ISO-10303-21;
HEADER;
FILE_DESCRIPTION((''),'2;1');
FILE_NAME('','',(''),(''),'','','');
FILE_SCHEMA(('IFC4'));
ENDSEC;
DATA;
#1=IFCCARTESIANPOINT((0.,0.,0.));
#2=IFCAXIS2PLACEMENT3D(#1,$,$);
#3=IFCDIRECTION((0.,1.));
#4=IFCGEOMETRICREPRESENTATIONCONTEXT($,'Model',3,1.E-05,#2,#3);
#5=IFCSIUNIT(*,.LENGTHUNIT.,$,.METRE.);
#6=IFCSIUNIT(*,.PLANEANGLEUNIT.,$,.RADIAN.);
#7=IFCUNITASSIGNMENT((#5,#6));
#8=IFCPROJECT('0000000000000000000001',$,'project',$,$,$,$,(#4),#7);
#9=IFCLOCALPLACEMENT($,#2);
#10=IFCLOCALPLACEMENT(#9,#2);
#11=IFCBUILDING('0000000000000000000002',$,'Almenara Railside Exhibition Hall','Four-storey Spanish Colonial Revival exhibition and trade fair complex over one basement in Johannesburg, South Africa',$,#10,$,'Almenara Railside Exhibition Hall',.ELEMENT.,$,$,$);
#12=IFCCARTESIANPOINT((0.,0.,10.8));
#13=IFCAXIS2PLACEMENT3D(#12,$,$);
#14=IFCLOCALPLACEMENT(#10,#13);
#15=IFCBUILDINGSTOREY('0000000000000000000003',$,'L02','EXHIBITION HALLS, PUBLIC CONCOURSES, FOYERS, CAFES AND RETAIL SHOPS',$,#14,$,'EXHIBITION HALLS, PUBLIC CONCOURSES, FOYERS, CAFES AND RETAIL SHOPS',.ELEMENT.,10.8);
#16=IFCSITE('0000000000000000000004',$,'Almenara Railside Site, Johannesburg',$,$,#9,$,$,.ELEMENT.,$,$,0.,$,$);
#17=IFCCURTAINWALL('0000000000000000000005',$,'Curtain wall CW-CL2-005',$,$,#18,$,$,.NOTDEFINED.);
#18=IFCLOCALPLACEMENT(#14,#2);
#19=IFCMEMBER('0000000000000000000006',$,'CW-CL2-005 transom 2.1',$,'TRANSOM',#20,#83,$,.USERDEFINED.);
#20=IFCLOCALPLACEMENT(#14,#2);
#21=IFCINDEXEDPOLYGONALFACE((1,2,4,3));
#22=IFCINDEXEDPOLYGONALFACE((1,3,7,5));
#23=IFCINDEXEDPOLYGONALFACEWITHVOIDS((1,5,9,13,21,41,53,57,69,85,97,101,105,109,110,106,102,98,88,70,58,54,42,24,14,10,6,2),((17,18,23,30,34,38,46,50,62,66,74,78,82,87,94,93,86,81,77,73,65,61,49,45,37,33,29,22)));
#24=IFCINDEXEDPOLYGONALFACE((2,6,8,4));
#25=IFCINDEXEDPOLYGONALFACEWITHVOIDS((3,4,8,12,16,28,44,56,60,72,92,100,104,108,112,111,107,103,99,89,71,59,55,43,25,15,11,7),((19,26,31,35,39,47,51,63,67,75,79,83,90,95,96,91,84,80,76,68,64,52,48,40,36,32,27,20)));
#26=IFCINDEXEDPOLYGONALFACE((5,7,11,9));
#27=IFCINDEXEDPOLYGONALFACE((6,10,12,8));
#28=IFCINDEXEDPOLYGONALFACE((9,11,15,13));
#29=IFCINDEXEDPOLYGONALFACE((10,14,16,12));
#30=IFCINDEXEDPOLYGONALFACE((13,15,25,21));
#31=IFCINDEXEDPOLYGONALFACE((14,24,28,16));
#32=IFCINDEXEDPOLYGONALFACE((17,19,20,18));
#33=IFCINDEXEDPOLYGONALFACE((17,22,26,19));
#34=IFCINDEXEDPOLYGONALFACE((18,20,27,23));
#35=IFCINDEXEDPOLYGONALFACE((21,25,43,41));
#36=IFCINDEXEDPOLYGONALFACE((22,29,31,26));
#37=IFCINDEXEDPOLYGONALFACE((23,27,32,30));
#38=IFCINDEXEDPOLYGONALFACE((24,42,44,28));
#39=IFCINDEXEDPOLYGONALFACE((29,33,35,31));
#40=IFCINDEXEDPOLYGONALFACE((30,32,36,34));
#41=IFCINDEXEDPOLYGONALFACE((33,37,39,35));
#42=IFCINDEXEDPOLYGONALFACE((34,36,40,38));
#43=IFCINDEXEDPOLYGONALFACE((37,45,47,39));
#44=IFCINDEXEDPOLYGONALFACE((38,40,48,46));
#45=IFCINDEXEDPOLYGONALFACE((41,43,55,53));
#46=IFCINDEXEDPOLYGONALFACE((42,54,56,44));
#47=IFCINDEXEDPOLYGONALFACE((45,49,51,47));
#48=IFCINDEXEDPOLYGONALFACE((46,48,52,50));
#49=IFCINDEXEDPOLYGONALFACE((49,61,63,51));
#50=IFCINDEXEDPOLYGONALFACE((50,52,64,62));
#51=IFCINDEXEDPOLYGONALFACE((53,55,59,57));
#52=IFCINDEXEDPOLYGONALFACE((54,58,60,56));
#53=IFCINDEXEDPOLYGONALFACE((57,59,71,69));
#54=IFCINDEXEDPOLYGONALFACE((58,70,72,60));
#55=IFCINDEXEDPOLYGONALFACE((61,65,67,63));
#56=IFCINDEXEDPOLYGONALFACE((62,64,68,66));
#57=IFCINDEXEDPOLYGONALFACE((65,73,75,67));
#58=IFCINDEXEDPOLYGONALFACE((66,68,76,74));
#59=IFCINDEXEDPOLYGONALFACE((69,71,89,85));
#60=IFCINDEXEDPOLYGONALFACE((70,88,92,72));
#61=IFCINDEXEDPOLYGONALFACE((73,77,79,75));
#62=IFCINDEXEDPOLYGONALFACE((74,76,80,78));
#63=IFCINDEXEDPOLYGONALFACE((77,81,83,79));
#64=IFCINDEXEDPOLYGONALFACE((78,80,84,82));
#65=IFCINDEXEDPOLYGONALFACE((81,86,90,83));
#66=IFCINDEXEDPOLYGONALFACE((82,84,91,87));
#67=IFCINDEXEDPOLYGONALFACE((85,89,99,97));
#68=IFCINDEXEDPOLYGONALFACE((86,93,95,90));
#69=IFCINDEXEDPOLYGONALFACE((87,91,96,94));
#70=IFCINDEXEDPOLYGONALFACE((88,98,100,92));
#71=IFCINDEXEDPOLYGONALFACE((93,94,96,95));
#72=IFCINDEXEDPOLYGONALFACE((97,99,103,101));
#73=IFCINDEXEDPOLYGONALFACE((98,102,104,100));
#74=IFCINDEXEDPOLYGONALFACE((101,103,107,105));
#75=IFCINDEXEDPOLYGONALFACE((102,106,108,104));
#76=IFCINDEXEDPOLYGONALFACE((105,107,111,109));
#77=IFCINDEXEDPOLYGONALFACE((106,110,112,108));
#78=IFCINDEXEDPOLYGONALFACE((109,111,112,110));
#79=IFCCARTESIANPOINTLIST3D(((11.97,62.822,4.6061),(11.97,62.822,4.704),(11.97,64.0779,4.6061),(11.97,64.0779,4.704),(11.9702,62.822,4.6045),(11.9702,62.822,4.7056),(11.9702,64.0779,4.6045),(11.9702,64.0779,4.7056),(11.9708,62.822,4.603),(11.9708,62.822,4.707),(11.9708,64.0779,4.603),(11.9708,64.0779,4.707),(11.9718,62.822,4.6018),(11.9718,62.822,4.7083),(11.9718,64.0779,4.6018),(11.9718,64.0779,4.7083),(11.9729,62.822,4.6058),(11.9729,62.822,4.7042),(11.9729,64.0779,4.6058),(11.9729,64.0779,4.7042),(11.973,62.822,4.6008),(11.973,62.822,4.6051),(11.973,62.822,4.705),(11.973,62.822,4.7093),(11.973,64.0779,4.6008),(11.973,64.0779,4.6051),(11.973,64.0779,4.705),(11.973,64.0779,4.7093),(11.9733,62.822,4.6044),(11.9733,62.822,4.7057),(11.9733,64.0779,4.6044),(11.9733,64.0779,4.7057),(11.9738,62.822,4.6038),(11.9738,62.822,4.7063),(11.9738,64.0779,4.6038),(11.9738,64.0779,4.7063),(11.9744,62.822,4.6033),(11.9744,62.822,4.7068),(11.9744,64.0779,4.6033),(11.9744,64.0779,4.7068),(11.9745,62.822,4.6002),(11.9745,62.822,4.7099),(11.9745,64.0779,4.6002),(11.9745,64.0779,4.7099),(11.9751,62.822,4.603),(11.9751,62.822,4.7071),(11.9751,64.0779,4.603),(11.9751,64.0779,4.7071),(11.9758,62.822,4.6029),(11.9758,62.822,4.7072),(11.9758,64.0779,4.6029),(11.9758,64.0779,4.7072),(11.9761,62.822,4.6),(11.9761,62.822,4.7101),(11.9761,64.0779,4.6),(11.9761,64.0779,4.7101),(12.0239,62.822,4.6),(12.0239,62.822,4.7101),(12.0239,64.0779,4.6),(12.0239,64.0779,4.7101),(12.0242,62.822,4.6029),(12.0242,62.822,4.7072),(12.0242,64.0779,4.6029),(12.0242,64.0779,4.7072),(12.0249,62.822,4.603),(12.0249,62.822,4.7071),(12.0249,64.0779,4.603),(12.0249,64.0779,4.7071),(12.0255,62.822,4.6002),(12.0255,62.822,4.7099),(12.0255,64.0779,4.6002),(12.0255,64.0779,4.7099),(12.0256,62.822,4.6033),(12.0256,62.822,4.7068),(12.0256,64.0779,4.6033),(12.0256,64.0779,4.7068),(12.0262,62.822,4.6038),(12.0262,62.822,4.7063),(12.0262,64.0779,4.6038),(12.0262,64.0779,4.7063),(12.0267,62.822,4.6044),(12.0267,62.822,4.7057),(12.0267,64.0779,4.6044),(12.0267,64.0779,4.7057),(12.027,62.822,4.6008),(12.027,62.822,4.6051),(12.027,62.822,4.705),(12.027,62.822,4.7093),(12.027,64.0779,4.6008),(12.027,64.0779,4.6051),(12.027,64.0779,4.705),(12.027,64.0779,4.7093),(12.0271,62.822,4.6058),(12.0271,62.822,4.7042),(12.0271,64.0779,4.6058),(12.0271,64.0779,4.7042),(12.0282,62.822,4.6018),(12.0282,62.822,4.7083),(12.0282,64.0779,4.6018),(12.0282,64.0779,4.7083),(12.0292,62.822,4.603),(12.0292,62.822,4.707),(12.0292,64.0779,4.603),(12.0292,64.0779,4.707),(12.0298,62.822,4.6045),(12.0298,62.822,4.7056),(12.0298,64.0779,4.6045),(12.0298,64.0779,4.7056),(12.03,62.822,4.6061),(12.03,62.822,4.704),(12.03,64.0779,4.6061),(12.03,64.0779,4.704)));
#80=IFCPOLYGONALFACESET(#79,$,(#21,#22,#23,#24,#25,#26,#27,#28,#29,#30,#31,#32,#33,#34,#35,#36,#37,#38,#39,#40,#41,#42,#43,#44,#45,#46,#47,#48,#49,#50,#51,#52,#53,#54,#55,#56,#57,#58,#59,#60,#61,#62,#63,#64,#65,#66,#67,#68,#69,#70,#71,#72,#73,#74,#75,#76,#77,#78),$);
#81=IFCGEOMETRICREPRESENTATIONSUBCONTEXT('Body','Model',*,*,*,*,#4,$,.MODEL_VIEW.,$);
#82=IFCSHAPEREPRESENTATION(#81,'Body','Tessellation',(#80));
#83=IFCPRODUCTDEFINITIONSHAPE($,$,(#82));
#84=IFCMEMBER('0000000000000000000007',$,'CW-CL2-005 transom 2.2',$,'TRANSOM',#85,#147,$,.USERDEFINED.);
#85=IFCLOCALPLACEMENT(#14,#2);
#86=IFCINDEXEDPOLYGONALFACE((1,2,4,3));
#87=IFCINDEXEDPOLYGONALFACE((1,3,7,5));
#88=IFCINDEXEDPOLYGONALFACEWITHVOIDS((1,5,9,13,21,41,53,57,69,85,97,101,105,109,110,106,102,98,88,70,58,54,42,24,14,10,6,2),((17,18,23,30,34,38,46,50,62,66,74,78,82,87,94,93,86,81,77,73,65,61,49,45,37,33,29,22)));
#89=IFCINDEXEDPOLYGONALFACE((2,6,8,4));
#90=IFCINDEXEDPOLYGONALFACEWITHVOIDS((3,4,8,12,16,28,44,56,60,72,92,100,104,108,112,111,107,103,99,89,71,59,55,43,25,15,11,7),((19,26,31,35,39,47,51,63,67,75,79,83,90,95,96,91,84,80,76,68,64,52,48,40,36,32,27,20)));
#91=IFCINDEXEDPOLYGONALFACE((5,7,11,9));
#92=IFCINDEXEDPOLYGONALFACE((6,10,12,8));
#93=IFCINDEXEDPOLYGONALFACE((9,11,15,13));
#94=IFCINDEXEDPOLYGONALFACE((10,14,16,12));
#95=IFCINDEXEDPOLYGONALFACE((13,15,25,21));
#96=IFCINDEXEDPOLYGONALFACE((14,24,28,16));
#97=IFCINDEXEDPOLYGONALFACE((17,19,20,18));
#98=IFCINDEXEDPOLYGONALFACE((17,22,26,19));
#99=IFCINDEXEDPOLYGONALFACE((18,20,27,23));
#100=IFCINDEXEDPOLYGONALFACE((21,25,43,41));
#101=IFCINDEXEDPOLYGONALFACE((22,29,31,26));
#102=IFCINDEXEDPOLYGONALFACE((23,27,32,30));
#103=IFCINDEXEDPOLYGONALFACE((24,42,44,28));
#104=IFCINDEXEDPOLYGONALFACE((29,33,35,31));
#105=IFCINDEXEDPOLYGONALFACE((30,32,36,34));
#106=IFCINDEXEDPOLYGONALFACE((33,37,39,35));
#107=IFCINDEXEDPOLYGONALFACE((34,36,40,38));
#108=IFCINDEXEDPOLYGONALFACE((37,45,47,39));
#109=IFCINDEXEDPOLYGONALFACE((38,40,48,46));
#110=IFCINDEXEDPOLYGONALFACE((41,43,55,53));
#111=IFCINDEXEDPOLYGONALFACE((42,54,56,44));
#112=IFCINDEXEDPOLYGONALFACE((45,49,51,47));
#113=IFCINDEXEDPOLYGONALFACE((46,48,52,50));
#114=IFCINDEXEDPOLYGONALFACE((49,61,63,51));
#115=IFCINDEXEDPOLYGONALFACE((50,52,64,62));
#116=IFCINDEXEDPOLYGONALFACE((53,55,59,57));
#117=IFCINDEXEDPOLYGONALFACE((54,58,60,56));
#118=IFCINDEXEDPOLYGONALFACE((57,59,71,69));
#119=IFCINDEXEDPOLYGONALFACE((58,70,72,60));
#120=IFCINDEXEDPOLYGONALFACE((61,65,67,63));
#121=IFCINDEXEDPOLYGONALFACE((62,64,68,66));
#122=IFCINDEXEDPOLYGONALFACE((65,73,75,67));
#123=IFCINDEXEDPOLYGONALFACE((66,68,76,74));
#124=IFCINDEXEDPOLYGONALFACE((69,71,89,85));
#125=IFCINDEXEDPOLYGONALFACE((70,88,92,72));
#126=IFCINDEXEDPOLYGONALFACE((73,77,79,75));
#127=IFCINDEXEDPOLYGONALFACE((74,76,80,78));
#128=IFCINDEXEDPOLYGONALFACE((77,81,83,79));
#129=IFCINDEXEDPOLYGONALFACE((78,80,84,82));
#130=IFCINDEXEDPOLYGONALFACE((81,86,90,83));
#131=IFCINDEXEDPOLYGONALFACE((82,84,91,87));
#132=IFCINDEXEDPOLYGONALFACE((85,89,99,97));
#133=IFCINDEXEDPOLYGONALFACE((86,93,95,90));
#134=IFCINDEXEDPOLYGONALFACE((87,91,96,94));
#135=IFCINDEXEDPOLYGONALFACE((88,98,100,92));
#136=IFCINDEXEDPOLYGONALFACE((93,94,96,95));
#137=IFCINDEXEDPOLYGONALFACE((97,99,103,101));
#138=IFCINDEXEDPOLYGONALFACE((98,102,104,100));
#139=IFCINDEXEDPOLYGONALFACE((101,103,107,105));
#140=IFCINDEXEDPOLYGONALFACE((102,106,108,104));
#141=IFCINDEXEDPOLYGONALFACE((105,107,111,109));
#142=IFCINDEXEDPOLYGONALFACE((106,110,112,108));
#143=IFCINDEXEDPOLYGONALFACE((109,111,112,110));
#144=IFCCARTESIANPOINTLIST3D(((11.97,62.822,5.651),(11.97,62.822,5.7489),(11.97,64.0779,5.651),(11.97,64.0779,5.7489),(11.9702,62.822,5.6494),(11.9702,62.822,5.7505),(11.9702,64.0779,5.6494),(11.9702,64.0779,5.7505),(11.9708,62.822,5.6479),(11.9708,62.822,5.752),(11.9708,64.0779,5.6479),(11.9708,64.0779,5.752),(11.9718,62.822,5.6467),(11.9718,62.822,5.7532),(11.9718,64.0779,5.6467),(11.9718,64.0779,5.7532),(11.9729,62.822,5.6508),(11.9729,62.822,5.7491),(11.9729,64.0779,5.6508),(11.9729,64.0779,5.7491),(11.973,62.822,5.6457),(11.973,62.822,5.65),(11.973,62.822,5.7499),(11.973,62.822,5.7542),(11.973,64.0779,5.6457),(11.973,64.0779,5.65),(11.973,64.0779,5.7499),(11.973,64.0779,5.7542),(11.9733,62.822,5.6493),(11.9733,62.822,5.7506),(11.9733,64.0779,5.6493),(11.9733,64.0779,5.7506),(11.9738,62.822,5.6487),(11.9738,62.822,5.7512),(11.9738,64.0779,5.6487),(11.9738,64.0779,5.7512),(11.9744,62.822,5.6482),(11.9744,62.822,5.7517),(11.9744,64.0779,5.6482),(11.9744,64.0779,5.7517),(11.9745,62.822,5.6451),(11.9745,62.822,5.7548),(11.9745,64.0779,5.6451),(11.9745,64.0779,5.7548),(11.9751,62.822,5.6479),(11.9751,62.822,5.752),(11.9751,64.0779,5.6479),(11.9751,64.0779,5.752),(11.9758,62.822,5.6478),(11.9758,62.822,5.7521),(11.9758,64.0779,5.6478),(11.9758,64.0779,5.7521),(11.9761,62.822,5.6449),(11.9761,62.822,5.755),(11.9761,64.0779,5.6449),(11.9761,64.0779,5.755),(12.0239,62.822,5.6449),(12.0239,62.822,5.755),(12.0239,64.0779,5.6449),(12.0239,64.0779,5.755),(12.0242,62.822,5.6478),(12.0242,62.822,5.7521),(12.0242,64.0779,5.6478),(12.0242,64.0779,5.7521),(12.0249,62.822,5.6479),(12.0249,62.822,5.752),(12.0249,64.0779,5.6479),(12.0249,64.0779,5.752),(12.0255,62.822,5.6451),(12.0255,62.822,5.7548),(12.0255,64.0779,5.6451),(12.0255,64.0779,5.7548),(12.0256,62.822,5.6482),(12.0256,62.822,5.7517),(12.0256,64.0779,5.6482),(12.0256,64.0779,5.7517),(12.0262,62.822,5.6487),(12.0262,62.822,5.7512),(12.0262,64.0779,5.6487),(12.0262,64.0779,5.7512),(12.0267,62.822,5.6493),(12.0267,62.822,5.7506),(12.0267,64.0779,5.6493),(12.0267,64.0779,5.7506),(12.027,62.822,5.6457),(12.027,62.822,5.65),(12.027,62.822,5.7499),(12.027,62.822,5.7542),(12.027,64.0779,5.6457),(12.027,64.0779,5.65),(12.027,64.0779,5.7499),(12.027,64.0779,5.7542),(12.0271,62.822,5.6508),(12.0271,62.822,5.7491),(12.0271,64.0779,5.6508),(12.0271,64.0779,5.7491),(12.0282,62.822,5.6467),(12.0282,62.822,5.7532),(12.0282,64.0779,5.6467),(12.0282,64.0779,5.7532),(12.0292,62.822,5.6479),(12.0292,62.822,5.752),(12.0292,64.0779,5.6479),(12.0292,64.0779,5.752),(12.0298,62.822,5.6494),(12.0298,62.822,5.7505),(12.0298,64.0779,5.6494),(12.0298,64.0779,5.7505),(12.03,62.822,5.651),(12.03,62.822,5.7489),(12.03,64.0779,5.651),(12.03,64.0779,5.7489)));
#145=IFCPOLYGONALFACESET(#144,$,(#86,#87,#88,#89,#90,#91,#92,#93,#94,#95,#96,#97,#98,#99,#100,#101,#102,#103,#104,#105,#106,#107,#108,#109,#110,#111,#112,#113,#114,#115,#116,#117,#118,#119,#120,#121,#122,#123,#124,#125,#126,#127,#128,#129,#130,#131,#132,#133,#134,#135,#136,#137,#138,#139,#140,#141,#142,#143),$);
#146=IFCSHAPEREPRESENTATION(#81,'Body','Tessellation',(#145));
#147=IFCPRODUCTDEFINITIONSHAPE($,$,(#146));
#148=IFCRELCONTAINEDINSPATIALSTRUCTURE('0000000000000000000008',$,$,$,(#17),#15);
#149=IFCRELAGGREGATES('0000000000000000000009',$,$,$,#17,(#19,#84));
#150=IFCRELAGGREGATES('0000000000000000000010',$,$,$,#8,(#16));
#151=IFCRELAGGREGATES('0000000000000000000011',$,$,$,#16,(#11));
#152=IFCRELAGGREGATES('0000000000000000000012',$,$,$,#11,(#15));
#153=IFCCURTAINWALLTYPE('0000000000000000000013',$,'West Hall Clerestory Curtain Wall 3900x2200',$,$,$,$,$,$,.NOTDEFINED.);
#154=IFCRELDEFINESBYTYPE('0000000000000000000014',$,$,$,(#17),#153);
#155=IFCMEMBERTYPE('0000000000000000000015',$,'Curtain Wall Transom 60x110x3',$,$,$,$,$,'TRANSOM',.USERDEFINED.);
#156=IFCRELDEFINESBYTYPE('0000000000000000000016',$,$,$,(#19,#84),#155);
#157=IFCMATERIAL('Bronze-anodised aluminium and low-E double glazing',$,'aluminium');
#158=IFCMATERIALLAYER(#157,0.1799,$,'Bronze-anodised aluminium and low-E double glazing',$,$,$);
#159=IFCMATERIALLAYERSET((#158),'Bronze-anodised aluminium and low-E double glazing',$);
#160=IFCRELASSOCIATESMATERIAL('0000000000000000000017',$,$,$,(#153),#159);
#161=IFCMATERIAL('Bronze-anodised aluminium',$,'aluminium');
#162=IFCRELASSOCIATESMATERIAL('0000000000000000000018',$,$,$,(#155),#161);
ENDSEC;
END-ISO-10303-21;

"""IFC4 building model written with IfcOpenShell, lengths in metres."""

from ifc_helpers import new_model, si_unit, direction, frame, origin, origin_2d, place, context, subcontext, project, spatial, hollow_rectangle, extrude, material, layer, layer_set, material_profile, profile_set, type_object, element, aggregate, save


model = new_model("IFC4")

# Units and contexts
model_context = context("Model", 3, precision=1e-05, world=origin(), true_north=direction((0.0, 1.0)))
body_context = subcontext(model_context, "Body", "Model", "MODEL_VIEW")
ifc_project = project(units=[si_unit("LENGTHUNIT", "METRE"), si_unit("PLANEANGLEUNIT", "RADIAN")], contexts=[model_context])

# Site, building, storey
site_placement = place(None, origin())
site = spatial("IfcSite", under=ifc_project, at=site_placement, Name="Almenara Railside Site, Johannesburg", CompositionType="ELEMENT", RefElevation=0.0)
building_placement = place(site_placement, origin())
building = spatial("IfcBuilding", under=site, at=building_placement, Name="Almenara Railside Exhibition Hall", Description="Four-storey Spanish Colonial Revival exhibition and trade fair complex over one basement in Johannesburg, South Africa", LongName="Almenara Railside Exhibition Hall", CompositionType="ELEMENT")
storey_placement = place(building_placement, frame((0.0, 0.0, 10.8)))
storey = spatial("IfcBuildingStorey", under=building, at=storey_placement, Name="L02", Description="EXHIBITION HALLS, PUBLIC CONCOURSES, FOYERS, CAFES AND RETAIL SHOPS", LongName="EXHIBITION HALLS, PUBLIC CONCOURSES, FOYERS, CAFES AND RETAIL SHOPS", CompositionType="ELEMENT", Elevation=10.8)

# Curtain wall
ifc_material_1 = material(Name="Bronze-anodised aluminium and low-E double glazing", Category="aluminium")
ifc_layer_1 = layer(ifc_material_1, 0.1799, Name="Bronze-anodised aluminium and low-E double glazing")
ifc_layer_set_1 = layer_set([ifc_layer_1], Name="Bronze-anodised aluminium and low-E double glazing")
curtain_wall_type = type_object("IfcCurtainWallType", Name="West Hall Clerestory Curtain Wall 3900x2200", PredefinedType="NOTDEFINED", material=ifc_layer_set_1)
ifc_material_2 = material(Name="Bronze-anodised aluminium", Category="aluminium")
curtain_wall_1_placement = place(storey_placement, origin())
curtain_wall_1 = element("IfcCurtainWall", 1, at=curtain_wall_1_placement, inside=storey, type_object=curtain_wall_type, Name="Curtain wall CW-CL2-005", PredefinedType="NOTDEFINED")

# Members
ifc_material_profile_1 = material_profile(ifc_material_2, hollow_rectangle(XDim=0.0601, YDim=0.1101, WallThickness=0.0029, InnerFilletRadius=0.0029, OuterFilletRadius=0.0061, at=origin_2d()), Name="ALU-TRN 60x110x3")
ifc_profile_set_1 = profile_set([ifc_material_profile_1], Name="Bronze-anodised aluminium")
member_type_1 = type_object("IfcMemberType", Name="Curtain Wall Transom 60x110x3", ElementType="TRANSOM", PredefinedType="USERDEFINED", material=ifc_profile_set_1)
member_1_placement = place(storey_placement, frame((12.0, 62.822, 4.655), z_axis=(0.0, 1.0, 0.0), x_axis=(-1.0, 0.0, 0.0)))
member_1 = element("IfcMember", 2, at=member_1_placement, type_object=member_type_1, Name="CW-CL2-005 transom 2.1", ObjectType="TRANSOM", PredefinedType="USERDEFINED", context=body_context, shape_type="SweptSolid", body=[
    extrude(hollow_rectangle(XDim=0.0601, YDim=0.1101, WallThickness=0.0029, InnerFilletRadius=0.0029, OuterFilletRadius=0.0061, at=origin_2d()), origin(), (0.0, 0.0, 1.0), 1.2559),
])
member_2_placement = place(storey_placement, frame((12.0, 62.822, 5.7), z_axis=(0.0, 1.0, 0.0), x_axis=(-1.0, 0.0, 0.0)))
member_2 = element("IfcMember", 3, at=member_2_placement, type_object=member_type_1, Name="CW-CL2-005 transom 2.2", ObjectType="TRANSOM", PredefinedType="USERDEFINED", context=body_context, shape_type="SweptSolid", body=[
    extrude(hollow_rectangle(XDim=0.0601, YDim=0.1101, WallThickness=0.0029, InnerFilletRadius=0.0029, OuterFilletRadius=0.0061, at=origin_2d()), origin(), (0.0, 0.0, 1.0), 1.2559),
])

aggregate(curtain_wall_1, [member_1, member_2])

save(model, "model.ifc")
